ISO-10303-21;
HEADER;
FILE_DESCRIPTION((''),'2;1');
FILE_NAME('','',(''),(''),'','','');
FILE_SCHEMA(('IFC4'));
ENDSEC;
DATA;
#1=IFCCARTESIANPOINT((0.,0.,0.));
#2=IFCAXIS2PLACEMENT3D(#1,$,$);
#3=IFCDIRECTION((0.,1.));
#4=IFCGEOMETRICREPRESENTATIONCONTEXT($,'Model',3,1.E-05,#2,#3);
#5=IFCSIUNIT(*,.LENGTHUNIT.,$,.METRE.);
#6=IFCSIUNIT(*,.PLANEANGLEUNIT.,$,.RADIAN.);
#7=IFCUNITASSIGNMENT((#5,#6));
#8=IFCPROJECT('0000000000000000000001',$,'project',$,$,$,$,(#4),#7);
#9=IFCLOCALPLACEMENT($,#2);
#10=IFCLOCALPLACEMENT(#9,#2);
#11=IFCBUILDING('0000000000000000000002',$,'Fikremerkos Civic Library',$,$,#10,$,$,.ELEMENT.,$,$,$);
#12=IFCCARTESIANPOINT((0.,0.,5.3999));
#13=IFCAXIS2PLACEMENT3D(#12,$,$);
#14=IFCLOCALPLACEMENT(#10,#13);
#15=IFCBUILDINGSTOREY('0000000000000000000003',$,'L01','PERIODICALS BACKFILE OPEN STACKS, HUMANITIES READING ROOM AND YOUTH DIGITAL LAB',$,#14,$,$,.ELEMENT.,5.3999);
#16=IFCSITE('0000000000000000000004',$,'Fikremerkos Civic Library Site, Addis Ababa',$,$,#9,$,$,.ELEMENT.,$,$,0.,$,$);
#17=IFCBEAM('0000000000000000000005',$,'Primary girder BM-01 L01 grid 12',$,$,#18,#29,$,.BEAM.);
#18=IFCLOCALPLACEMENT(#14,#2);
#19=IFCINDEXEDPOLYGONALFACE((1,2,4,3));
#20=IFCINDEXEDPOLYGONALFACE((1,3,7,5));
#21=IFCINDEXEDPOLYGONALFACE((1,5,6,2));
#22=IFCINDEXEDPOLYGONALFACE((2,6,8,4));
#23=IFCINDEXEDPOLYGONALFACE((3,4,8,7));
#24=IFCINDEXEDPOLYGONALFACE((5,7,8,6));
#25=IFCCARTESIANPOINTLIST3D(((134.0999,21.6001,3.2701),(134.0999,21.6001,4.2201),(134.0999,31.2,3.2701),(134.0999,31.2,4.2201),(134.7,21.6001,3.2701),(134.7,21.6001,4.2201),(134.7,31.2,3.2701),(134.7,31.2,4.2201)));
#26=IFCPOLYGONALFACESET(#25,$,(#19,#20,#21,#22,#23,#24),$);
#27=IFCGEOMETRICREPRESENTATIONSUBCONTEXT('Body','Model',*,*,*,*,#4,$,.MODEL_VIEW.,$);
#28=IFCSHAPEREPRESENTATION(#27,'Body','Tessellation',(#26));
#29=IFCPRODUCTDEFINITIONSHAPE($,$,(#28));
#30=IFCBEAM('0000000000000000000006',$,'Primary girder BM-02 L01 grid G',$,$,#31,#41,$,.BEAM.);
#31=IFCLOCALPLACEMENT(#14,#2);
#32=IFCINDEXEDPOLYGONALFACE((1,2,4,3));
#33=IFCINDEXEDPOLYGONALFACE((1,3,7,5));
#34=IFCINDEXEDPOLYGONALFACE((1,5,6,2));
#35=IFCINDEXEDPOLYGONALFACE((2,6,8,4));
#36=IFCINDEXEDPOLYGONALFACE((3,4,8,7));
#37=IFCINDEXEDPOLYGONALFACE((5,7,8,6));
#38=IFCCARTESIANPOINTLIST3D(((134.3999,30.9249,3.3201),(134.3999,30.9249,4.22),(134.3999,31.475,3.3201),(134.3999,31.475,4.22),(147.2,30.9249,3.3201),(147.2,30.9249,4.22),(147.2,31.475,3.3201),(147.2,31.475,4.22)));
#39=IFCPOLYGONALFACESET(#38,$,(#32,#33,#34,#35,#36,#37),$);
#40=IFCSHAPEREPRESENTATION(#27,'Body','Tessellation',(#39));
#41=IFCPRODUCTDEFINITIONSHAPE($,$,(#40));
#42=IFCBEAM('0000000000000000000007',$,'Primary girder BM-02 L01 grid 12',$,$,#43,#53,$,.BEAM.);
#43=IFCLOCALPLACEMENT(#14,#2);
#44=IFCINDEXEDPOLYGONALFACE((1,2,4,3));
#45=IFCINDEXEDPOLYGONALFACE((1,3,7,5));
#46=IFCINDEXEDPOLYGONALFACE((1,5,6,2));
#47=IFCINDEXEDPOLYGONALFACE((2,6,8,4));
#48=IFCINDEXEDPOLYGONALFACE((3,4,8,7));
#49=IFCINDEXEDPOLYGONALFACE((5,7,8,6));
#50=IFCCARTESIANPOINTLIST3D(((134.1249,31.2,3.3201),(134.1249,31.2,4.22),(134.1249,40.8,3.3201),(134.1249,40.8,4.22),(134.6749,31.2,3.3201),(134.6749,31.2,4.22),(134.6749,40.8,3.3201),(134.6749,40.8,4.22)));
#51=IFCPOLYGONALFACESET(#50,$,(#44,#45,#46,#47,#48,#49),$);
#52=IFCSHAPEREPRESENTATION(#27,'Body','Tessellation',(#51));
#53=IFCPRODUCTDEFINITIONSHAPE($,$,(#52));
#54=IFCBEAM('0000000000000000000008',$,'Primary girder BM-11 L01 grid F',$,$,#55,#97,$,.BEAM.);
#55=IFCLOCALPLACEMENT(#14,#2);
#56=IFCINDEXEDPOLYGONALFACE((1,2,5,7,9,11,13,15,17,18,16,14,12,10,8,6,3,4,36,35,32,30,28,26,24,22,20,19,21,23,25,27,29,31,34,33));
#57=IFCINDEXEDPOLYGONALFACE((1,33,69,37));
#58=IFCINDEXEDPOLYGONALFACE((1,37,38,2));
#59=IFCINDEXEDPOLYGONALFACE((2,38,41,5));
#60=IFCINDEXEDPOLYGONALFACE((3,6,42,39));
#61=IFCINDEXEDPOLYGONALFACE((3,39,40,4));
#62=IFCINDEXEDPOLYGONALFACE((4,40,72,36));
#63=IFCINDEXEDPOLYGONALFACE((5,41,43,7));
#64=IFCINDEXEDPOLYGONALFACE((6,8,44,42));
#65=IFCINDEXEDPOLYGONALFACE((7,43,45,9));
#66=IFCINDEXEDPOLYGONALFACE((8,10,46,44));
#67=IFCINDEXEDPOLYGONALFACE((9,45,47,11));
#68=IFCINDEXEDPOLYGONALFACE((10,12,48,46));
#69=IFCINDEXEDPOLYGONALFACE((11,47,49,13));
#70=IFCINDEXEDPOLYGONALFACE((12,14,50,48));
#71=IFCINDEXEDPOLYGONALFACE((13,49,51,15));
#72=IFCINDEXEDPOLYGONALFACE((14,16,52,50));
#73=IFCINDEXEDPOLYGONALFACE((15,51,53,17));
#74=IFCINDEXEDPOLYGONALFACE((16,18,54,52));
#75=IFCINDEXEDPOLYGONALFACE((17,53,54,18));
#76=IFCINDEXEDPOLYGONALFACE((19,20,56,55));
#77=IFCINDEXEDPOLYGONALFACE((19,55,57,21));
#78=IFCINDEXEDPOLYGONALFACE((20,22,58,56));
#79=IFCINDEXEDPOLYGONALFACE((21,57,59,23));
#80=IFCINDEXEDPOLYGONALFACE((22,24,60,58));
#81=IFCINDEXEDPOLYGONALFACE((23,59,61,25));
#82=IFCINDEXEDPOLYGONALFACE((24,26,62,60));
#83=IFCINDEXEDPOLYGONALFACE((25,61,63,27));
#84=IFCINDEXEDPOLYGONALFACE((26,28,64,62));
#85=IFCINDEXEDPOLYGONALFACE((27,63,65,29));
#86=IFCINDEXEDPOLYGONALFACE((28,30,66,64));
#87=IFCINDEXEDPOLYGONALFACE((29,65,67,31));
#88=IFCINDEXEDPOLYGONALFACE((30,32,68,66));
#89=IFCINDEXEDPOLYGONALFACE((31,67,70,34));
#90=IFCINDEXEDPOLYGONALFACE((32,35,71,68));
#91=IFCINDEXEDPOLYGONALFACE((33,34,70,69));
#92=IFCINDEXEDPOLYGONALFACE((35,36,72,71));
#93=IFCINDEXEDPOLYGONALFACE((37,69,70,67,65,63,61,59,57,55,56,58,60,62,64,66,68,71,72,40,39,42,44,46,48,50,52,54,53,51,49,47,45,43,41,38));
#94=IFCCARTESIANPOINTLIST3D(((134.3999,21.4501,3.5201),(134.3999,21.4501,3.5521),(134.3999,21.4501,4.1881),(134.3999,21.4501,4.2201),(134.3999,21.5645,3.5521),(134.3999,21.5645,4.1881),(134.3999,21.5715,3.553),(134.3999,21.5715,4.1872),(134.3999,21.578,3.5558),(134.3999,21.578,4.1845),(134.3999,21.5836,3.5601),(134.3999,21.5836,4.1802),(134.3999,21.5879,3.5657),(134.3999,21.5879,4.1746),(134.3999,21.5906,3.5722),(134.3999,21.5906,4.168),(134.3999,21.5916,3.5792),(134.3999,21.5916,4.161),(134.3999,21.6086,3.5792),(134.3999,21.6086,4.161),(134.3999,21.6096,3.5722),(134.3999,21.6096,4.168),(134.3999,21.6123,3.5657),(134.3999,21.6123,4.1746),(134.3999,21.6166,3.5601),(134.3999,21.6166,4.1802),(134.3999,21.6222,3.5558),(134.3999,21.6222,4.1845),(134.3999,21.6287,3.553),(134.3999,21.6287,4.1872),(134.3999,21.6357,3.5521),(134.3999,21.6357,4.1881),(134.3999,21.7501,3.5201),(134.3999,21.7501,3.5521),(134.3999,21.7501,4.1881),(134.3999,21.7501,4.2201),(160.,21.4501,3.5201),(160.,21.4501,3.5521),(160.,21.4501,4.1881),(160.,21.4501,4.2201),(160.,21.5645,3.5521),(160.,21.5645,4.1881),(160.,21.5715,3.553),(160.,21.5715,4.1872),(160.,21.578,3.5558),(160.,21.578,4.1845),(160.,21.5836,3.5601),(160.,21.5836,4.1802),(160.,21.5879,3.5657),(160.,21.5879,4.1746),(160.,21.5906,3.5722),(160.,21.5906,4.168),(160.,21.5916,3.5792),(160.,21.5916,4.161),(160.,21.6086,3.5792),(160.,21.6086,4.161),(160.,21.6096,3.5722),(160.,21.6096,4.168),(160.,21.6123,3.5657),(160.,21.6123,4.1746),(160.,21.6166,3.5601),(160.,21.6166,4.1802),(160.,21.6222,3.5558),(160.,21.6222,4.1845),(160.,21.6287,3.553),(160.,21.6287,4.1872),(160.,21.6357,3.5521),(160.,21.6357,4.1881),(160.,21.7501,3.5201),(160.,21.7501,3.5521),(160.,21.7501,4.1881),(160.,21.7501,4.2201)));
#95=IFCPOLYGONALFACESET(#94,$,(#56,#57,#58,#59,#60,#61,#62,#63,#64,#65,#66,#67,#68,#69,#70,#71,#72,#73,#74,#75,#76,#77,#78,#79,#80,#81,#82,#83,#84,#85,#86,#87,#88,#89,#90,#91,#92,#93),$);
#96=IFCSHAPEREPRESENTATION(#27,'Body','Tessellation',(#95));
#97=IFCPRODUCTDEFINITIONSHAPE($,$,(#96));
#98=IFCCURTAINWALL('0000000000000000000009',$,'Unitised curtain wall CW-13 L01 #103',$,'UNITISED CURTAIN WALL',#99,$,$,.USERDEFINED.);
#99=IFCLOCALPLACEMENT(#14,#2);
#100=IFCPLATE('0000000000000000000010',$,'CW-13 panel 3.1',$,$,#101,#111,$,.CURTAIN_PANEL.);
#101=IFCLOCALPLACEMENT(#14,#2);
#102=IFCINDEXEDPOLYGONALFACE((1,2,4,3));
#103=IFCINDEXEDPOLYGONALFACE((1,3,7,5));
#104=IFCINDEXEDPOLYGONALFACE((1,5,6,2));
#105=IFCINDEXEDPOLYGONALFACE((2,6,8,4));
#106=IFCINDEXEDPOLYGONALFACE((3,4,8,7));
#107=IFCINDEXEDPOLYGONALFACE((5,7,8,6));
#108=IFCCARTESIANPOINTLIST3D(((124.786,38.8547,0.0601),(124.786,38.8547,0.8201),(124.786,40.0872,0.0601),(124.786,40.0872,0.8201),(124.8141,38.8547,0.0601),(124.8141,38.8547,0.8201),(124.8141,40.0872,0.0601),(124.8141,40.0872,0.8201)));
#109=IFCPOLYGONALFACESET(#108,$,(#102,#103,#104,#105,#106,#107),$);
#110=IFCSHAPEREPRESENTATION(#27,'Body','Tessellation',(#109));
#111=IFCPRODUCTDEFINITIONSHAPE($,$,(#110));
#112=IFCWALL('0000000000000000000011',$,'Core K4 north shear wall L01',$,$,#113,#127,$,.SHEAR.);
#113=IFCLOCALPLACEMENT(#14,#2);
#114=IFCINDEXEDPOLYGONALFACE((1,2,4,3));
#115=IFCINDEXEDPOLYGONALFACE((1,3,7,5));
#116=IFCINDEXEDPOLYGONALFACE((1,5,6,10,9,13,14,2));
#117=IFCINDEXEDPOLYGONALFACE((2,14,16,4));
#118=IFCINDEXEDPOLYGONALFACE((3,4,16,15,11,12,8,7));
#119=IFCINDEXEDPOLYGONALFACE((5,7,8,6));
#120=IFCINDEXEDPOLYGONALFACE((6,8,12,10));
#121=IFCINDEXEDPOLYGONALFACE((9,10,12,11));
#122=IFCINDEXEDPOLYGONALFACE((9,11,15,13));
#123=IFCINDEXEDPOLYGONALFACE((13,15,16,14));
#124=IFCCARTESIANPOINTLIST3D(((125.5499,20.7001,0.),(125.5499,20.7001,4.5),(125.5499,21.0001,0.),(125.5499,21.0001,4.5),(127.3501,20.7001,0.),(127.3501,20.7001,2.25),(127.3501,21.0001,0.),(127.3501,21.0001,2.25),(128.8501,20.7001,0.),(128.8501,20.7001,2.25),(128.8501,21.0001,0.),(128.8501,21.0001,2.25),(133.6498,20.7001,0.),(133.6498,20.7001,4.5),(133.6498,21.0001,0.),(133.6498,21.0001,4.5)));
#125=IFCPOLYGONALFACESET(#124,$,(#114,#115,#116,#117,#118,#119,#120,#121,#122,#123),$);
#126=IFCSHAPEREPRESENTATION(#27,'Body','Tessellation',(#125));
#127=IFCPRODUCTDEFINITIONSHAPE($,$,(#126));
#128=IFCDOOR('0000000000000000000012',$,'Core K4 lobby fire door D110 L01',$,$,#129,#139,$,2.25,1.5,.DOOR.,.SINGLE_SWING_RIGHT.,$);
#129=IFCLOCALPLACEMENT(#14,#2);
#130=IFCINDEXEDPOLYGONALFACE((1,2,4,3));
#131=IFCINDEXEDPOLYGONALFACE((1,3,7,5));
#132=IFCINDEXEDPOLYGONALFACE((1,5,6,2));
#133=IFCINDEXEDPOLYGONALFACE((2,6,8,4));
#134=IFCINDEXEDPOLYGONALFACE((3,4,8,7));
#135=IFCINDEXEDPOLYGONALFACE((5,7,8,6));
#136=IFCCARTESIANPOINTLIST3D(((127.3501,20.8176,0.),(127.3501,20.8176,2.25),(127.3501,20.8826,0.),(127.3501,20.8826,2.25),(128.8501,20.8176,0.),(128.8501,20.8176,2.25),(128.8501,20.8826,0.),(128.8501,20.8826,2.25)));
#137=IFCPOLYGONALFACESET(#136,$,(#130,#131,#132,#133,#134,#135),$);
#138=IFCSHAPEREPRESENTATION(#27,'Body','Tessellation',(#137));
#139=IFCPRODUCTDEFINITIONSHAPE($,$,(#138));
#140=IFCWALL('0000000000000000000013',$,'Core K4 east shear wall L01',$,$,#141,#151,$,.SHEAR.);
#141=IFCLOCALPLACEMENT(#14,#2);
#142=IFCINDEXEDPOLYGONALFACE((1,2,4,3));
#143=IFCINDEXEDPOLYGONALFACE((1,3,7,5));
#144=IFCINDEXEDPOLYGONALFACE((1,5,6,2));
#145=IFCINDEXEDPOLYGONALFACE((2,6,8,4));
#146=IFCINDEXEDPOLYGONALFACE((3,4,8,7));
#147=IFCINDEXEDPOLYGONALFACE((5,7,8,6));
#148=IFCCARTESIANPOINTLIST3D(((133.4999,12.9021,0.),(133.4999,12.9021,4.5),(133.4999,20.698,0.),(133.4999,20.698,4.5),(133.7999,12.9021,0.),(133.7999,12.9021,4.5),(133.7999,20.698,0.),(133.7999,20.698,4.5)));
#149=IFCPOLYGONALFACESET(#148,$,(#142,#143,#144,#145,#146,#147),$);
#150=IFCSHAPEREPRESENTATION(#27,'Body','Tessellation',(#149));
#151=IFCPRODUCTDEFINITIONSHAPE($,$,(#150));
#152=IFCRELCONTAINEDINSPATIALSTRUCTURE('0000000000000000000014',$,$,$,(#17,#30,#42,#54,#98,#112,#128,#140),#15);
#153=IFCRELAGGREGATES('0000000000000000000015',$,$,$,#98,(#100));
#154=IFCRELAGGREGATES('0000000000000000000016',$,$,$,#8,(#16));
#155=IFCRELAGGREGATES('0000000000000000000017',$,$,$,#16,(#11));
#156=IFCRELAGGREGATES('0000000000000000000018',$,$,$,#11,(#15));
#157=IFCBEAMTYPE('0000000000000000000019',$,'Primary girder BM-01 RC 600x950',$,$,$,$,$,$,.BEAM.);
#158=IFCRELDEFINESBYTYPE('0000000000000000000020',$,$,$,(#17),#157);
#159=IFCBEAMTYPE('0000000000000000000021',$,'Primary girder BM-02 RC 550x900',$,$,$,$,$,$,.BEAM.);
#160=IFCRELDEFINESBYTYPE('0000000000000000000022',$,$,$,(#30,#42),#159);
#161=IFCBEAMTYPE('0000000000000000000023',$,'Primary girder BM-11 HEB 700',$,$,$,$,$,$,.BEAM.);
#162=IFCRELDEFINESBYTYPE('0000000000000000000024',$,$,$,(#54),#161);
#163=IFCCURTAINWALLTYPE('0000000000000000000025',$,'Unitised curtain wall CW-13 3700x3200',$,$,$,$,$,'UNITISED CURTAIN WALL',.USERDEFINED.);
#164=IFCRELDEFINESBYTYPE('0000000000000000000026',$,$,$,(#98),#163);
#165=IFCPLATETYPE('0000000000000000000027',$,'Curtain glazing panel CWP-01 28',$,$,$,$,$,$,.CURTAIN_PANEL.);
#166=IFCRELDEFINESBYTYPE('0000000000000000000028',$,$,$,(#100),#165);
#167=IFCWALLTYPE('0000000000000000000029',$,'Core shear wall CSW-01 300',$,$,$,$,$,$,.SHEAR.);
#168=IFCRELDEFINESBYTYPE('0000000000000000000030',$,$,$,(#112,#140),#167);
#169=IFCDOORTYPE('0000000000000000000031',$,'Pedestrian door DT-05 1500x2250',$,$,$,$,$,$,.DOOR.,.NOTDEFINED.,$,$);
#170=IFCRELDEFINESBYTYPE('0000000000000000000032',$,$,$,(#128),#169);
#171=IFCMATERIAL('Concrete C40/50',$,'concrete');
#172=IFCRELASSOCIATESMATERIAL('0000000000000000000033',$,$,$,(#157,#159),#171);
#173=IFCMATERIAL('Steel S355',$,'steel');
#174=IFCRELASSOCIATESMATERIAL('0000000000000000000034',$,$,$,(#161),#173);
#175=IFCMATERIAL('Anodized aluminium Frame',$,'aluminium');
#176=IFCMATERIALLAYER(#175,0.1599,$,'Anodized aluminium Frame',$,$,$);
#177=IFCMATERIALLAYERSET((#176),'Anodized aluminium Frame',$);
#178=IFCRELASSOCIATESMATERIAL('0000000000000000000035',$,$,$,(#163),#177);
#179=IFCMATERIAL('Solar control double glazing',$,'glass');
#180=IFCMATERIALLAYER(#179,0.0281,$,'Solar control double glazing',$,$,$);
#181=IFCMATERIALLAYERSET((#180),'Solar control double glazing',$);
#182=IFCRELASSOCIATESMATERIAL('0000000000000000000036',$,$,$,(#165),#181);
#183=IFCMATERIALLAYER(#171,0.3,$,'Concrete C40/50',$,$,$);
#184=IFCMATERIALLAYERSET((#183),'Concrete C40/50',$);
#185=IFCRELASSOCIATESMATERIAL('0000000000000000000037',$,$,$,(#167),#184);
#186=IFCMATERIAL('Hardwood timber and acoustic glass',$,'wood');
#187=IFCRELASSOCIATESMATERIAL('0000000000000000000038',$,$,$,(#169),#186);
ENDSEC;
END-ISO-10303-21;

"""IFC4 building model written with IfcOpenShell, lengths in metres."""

from ifc_helpers import new_model, si_unit, direction, frame, frame_2d, origin, origin_2d, place, context, subcontext, project, spatial, rectangle, i_section, extrude, material, layer, layer_set, material_profile, profile_set, type_object, element, fill, aggregate, save


model = new_model("IFC4")

# Units and contexts
model_context = context("Model", 3, precision=1e-05, world=origin(), true_north=direction((0.0, 1.0)))
body_context = subcontext(model_context, "Body", "Model", "MODEL_VIEW")
ifc_project = project(units=[si_unit("LENGTHUNIT", "METRE"), si_unit("PLANEANGLEUNIT", "RADIAN")], contexts=[model_context])

# Site, building, storey
site_placement = place(None, origin())
site = spatial("IfcSite", under=ifc_project, at=site_placement, Name="Fikremerkos Civic Library Site, Addis Ababa", CompositionType="ELEMENT", RefElevation=0.0)
building_placement = place(site_placement, origin())
building = spatial("IfcBuilding", under=site, at=building_placement, Name="Fikremerkos Civic Library", CompositionType="ELEMENT")
storey_placement = place(building_placement, frame((0.0, 0.0, 5.3999)))
storey = spatial("IfcBuildingStorey", under=building, at=storey_placement, Name="L01", Description="PERIODICALS BACKFILE OPEN STACKS, HUMANITIES READING ROOM AND YOUTH DIGITAL LAB", CompositionType="ELEMENT", Elevation=5.3999)

# Shared definitions
ifc_material_1 = material(Name="Concrete C40/50", Category="concrete")

# Beams
ifc_material_2 = material(Name="Steel S355", Category="steel")
ifc_material_profile_1 = material_profile(ifc_material_1, rectangle(XDim=0.6001, YDim=0.95, at=origin_2d()), Name="RC 600x950")
ifc_profile_set_1 = profile_set([ifc_material_profile_1], Name="Concrete C40/50")
beam_type_1 = type_object("IfcBeamType", Name="Primary girder BM-01 RC 600x950", PredefinedType="BEAM", material=ifc_profile_set_1)
beam_1_placement = place(storey_placement, frame((134.3999, 21.6001, 3.7451), z_axis=(0.0, 1.0, 0.0), x_axis=(-1.0, 0.0, 0.0)))
element("IfcBeam", 1, at=beam_1_placement, inside=storey, type_object=beam_type_1, Name="Primary girder BM-01 L01 grid 12", PredefinedType="BEAM", context=body_context, shape_type="SweptSolid", body=[
    extrude(rectangle(XDim=0.6001, YDim=0.95, at=origin_2d()), origin(), (0.0, 0.0, 1.0), 9.5999),
])
ifc_material_profile_2 = material_profile(ifc_material_1, rectangle(XDim=0.55, YDim=0.8999, at=origin_2d()), Name="RC 550x900")
ifc_profile_set_2 = profile_set([ifc_material_profile_2], Name="Concrete C40/50")
beam_type_2 = type_object("IfcBeamType", Name="Primary girder BM-02 RC 550x900", PredefinedType="BEAM", material=ifc_profile_set_2)
beam_2_placement = place(storey_placement, frame((134.3999, 31.2, 3.77), z_axis=(1.0, 0.0, 0.0), x_axis=(0.0, 1.0, 0.0)))
element("IfcBeam", 2, at=beam_2_placement, inside=storey, type_object=beam_type_2, Name="Primary girder BM-02 L01 grid G", PredefinedType="BEAM", context=body_context, shape_type="SweptSolid", body=[
    extrude(rectangle(XDim=0.55, YDim=0.8999, at=origin_2d()), origin(), (0.0, 0.0, 1.0), 12.8),
])
beam_3_placement = place(storey_placement, frame((134.3999, 31.2, 3.77), z_axis=(0.0, 1.0, 0.0), x_axis=(-1.0, 0.0, 0.0)))
element("IfcBeam", 3, at=beam_3_placement, inside=storey, type_object=beam_type_2, Name="Primary girder BM-02 L01 grid 12", PredefinedType="BEAM", context=body_context, shape_type="SweptSolid", body=[
    extrude(rectangle(XDim=0.55, YDim=0.8999, at=origin_2d()), origin(), (0.0, 0.0, 1.0), 9.6001),
])
ifc_material_profile_3 = material_profile(ifc_material_2, i_section(OverallWidth=0.3, OverallDepth=0.7, WebThickness=0.0171, FlangeThickness=0.032, FilletRadius=0.0271, at=origin_2d()), Name="HEB 700")
ifc_profile_set_3 = profile_set([ifc_material_profile_3], Name="Steel S355")
beam_type_3 = type_object("IfcBeamType", Name="Primary girder BM-11 HEB 700", PredefinedType="BEAM", material=ifc_profile_set_3)
beam_4_placement = place(storey_placement, frame((134.3999, 21.6001, 3.8701), z_axis=(1.0, 0.0, 0.0), x_axis=(0.0, 1.0, 0.0)))
element("IfcBeam", 4, at=beam_4_placement, inside=storey, type_object=beam_type_3, Name="Primary girder BM-11 L01 grid F", PredefinedType="BEAM", context=body_context, shape_type="SweptSolid", body=[
    extrude(i_section(OverallWidth=0.3, OverallDepth=0.7, WebThickness=0.0171, FlangeThickness=0.032, FilletRadius=0.0271, at=origin_2d()), origin(), (0.0, 0.0, 1.0), 25.6001),
])

# Curtain wall, plate
ifc_material_3 = material(Name="Anodized aluminium Frame", Category="aluminium")
ifc_layer_1 = layer(ifc_material_3, 0.1599, Name="Anodized aluminium Frame")
ifc_layer_set_1 = layer_set([ifc_layer_1], Name="Anodized aluminium Frame")
curtain_wall_type = type_object("IfcCurtainWallType", Name="Unitised curtain wall CW-13 3700x3200", ElementType="UNITISED CURTAIN WALL", PredefinedType="USERDEFINED", material=ifc_layer_set_1)
curtain_wall_placement = place(storey_placement, origin())
curtain_wall = element("IfcCurtainWall", 5, at=curtain_wall_placement, inside=storey, type_object=curtain_wall_type, Name="Unitised curtain wall CW-13 L01 #103", ObjectType="UNITISED CURTAIN WALL", PredefinedType="USERDEFINED")
ifc_material_4 = material(Name="Solar control double glazing", Category="glass")
ifc_layer_2 = layer(ifc_material_4, 0.0281, Name="Solar control double glazing")
ifc_layer_set_2 = layer_set([ifc_layer_2], Name="Solar control double glazing")
plate_type = type_object("IfcPlateType", Name="Curtain glazing panel CWP-01 28", PredefinedType="CURTAIN_PANEL", material=ifc_layer_set_2)
plate_placement = place(storey_placement, frame((124.8, 39.4709, 0.0601), z_axis=(0.0, 0.0, 1.0), x_axis=(0.0, 1.0, 0.0)))
plate = element("IfcPlate", 6, at=plate_placement, type_object=plate_type, Name="CW-13 panel 3.1", PredefinedType="CURTAIN_PANEL", context=body_context, shape_type="SweptSolid", body=[
    extrude(rectangle(XDim=1.2324, YDim=0.0281, at=origin_2d()), origin(), (0.0, 0.0, 1.0), 0.76),
])
aggregate(curtain_wall, [plate])

# Wall, opening, door
ifc_layer_3 = layer(ifc_material_1, 0.3, Name="Concrete C40/50")
ifc_layer_set_3 = layer_set([ifc_layer_3], Name="Concrete C40/50")
wall_type_1 = type_object("IfcWallType", Name="Core shear wall CSW-01 300", PredefinedType="SHEAR", material=ifc_layer_set_3)
wall_1_placement = place(storey_placement, frame((125.55, 20.8501, 0.0), z_axis=(0.0, 0.0, 1.0), x_axis=(1.0, 0.0, 0.0)))
wall_1 = element("IfcWall", 7, at=wall_1_placement, inside=storey, type_object=wall_type_1, Name="Core K4 north shear wall L01", PredefinedType="SHEAR", context=body_context, shape_type="SweptSolid", body=[
    extrude(rectangle(XDim=8.0999, YDim=0.3, at=frame_2d((4.0498, 0.0))), origin(), (0.0, 0.0, 1.0), 4.5),
])
opening_1_placement = place(wall_1_placement, frame((1.8, 0.0, 0.0)))
opening_1 = element("IfcOpeningElement", 8, at=opening_1_placement, cuts=wall_1, PredefinedType="OPENING", context=body_context, shape_type="SweptSolid", body=[
    extrude(rectangle(XDim=1.5, YDim=2.25, at=frame_2d((0.75, 1.125))), frame((0.0, 0.1599, 0.0), z_axis=(0.0, -1.0, 0.0), x_axis=(1.0, 0.0, 0.0)), (0.0, 0.0, 1.0), 0.3201),
])
ifc_material_5 = material(Name="Hardwood timber and acoustic glass", Category="wood")
door_type_1 = type_object("IfcDoorType", Name="Pedestrian door DT-05 1500x2250", OperationType="NOTDEFINED", PredefinedType="DOOR", material=ifc_material_5)
door_1_placement = place(opening_1_placement, origin())
door_1 = element("IfcDoor", 9, at=door_1_placement, inside=storey, type_object=door_type_1, Name="Core K4 lobby fire door D110 L01", OperationType="SINGLE_SWING_RIGHT", OverallHeight=2.25, OverallWidth=1.5, PredefinedType="DOOR", context=body_context, shape_type="SweptSolid", body=[
    extrude(rectangle(XDim=1.5, YDim=2.25, at=frame_2d((0.75, 1.125))), frame((0.0, 0.0325, 0.0), z_axis=(0.0, -1.0, 0.0), x_axis=(1.0, 0.0, 0.0)), (0.0, 0.0, 1.0), 0.0649),
])
fill(opening_1, door_1)

# Wall
wall_2_placement = place(storey_placement, frame((133.6499, 20.698, 0.0), z_axis=(0.0, 0.0, 1.0), x_axis=(0.0, -1.0, 0.0)))
element("IfcWall", 10, at=wall_2_placement, inside=storey, type_object=wall_type_1, Name="Core K4 east shear wall L01", PredefinedType="SHEAR", context=body_context, shape_type="SweptSolid", body=[
    extrude(rectangle(XDim=7.7959, YDim=0.3, at=frame_2d((3.8979, 0.0))), origin(), (0.0, 0.0, 1.0), 4.5),
])

save(model, "model.ifc")
